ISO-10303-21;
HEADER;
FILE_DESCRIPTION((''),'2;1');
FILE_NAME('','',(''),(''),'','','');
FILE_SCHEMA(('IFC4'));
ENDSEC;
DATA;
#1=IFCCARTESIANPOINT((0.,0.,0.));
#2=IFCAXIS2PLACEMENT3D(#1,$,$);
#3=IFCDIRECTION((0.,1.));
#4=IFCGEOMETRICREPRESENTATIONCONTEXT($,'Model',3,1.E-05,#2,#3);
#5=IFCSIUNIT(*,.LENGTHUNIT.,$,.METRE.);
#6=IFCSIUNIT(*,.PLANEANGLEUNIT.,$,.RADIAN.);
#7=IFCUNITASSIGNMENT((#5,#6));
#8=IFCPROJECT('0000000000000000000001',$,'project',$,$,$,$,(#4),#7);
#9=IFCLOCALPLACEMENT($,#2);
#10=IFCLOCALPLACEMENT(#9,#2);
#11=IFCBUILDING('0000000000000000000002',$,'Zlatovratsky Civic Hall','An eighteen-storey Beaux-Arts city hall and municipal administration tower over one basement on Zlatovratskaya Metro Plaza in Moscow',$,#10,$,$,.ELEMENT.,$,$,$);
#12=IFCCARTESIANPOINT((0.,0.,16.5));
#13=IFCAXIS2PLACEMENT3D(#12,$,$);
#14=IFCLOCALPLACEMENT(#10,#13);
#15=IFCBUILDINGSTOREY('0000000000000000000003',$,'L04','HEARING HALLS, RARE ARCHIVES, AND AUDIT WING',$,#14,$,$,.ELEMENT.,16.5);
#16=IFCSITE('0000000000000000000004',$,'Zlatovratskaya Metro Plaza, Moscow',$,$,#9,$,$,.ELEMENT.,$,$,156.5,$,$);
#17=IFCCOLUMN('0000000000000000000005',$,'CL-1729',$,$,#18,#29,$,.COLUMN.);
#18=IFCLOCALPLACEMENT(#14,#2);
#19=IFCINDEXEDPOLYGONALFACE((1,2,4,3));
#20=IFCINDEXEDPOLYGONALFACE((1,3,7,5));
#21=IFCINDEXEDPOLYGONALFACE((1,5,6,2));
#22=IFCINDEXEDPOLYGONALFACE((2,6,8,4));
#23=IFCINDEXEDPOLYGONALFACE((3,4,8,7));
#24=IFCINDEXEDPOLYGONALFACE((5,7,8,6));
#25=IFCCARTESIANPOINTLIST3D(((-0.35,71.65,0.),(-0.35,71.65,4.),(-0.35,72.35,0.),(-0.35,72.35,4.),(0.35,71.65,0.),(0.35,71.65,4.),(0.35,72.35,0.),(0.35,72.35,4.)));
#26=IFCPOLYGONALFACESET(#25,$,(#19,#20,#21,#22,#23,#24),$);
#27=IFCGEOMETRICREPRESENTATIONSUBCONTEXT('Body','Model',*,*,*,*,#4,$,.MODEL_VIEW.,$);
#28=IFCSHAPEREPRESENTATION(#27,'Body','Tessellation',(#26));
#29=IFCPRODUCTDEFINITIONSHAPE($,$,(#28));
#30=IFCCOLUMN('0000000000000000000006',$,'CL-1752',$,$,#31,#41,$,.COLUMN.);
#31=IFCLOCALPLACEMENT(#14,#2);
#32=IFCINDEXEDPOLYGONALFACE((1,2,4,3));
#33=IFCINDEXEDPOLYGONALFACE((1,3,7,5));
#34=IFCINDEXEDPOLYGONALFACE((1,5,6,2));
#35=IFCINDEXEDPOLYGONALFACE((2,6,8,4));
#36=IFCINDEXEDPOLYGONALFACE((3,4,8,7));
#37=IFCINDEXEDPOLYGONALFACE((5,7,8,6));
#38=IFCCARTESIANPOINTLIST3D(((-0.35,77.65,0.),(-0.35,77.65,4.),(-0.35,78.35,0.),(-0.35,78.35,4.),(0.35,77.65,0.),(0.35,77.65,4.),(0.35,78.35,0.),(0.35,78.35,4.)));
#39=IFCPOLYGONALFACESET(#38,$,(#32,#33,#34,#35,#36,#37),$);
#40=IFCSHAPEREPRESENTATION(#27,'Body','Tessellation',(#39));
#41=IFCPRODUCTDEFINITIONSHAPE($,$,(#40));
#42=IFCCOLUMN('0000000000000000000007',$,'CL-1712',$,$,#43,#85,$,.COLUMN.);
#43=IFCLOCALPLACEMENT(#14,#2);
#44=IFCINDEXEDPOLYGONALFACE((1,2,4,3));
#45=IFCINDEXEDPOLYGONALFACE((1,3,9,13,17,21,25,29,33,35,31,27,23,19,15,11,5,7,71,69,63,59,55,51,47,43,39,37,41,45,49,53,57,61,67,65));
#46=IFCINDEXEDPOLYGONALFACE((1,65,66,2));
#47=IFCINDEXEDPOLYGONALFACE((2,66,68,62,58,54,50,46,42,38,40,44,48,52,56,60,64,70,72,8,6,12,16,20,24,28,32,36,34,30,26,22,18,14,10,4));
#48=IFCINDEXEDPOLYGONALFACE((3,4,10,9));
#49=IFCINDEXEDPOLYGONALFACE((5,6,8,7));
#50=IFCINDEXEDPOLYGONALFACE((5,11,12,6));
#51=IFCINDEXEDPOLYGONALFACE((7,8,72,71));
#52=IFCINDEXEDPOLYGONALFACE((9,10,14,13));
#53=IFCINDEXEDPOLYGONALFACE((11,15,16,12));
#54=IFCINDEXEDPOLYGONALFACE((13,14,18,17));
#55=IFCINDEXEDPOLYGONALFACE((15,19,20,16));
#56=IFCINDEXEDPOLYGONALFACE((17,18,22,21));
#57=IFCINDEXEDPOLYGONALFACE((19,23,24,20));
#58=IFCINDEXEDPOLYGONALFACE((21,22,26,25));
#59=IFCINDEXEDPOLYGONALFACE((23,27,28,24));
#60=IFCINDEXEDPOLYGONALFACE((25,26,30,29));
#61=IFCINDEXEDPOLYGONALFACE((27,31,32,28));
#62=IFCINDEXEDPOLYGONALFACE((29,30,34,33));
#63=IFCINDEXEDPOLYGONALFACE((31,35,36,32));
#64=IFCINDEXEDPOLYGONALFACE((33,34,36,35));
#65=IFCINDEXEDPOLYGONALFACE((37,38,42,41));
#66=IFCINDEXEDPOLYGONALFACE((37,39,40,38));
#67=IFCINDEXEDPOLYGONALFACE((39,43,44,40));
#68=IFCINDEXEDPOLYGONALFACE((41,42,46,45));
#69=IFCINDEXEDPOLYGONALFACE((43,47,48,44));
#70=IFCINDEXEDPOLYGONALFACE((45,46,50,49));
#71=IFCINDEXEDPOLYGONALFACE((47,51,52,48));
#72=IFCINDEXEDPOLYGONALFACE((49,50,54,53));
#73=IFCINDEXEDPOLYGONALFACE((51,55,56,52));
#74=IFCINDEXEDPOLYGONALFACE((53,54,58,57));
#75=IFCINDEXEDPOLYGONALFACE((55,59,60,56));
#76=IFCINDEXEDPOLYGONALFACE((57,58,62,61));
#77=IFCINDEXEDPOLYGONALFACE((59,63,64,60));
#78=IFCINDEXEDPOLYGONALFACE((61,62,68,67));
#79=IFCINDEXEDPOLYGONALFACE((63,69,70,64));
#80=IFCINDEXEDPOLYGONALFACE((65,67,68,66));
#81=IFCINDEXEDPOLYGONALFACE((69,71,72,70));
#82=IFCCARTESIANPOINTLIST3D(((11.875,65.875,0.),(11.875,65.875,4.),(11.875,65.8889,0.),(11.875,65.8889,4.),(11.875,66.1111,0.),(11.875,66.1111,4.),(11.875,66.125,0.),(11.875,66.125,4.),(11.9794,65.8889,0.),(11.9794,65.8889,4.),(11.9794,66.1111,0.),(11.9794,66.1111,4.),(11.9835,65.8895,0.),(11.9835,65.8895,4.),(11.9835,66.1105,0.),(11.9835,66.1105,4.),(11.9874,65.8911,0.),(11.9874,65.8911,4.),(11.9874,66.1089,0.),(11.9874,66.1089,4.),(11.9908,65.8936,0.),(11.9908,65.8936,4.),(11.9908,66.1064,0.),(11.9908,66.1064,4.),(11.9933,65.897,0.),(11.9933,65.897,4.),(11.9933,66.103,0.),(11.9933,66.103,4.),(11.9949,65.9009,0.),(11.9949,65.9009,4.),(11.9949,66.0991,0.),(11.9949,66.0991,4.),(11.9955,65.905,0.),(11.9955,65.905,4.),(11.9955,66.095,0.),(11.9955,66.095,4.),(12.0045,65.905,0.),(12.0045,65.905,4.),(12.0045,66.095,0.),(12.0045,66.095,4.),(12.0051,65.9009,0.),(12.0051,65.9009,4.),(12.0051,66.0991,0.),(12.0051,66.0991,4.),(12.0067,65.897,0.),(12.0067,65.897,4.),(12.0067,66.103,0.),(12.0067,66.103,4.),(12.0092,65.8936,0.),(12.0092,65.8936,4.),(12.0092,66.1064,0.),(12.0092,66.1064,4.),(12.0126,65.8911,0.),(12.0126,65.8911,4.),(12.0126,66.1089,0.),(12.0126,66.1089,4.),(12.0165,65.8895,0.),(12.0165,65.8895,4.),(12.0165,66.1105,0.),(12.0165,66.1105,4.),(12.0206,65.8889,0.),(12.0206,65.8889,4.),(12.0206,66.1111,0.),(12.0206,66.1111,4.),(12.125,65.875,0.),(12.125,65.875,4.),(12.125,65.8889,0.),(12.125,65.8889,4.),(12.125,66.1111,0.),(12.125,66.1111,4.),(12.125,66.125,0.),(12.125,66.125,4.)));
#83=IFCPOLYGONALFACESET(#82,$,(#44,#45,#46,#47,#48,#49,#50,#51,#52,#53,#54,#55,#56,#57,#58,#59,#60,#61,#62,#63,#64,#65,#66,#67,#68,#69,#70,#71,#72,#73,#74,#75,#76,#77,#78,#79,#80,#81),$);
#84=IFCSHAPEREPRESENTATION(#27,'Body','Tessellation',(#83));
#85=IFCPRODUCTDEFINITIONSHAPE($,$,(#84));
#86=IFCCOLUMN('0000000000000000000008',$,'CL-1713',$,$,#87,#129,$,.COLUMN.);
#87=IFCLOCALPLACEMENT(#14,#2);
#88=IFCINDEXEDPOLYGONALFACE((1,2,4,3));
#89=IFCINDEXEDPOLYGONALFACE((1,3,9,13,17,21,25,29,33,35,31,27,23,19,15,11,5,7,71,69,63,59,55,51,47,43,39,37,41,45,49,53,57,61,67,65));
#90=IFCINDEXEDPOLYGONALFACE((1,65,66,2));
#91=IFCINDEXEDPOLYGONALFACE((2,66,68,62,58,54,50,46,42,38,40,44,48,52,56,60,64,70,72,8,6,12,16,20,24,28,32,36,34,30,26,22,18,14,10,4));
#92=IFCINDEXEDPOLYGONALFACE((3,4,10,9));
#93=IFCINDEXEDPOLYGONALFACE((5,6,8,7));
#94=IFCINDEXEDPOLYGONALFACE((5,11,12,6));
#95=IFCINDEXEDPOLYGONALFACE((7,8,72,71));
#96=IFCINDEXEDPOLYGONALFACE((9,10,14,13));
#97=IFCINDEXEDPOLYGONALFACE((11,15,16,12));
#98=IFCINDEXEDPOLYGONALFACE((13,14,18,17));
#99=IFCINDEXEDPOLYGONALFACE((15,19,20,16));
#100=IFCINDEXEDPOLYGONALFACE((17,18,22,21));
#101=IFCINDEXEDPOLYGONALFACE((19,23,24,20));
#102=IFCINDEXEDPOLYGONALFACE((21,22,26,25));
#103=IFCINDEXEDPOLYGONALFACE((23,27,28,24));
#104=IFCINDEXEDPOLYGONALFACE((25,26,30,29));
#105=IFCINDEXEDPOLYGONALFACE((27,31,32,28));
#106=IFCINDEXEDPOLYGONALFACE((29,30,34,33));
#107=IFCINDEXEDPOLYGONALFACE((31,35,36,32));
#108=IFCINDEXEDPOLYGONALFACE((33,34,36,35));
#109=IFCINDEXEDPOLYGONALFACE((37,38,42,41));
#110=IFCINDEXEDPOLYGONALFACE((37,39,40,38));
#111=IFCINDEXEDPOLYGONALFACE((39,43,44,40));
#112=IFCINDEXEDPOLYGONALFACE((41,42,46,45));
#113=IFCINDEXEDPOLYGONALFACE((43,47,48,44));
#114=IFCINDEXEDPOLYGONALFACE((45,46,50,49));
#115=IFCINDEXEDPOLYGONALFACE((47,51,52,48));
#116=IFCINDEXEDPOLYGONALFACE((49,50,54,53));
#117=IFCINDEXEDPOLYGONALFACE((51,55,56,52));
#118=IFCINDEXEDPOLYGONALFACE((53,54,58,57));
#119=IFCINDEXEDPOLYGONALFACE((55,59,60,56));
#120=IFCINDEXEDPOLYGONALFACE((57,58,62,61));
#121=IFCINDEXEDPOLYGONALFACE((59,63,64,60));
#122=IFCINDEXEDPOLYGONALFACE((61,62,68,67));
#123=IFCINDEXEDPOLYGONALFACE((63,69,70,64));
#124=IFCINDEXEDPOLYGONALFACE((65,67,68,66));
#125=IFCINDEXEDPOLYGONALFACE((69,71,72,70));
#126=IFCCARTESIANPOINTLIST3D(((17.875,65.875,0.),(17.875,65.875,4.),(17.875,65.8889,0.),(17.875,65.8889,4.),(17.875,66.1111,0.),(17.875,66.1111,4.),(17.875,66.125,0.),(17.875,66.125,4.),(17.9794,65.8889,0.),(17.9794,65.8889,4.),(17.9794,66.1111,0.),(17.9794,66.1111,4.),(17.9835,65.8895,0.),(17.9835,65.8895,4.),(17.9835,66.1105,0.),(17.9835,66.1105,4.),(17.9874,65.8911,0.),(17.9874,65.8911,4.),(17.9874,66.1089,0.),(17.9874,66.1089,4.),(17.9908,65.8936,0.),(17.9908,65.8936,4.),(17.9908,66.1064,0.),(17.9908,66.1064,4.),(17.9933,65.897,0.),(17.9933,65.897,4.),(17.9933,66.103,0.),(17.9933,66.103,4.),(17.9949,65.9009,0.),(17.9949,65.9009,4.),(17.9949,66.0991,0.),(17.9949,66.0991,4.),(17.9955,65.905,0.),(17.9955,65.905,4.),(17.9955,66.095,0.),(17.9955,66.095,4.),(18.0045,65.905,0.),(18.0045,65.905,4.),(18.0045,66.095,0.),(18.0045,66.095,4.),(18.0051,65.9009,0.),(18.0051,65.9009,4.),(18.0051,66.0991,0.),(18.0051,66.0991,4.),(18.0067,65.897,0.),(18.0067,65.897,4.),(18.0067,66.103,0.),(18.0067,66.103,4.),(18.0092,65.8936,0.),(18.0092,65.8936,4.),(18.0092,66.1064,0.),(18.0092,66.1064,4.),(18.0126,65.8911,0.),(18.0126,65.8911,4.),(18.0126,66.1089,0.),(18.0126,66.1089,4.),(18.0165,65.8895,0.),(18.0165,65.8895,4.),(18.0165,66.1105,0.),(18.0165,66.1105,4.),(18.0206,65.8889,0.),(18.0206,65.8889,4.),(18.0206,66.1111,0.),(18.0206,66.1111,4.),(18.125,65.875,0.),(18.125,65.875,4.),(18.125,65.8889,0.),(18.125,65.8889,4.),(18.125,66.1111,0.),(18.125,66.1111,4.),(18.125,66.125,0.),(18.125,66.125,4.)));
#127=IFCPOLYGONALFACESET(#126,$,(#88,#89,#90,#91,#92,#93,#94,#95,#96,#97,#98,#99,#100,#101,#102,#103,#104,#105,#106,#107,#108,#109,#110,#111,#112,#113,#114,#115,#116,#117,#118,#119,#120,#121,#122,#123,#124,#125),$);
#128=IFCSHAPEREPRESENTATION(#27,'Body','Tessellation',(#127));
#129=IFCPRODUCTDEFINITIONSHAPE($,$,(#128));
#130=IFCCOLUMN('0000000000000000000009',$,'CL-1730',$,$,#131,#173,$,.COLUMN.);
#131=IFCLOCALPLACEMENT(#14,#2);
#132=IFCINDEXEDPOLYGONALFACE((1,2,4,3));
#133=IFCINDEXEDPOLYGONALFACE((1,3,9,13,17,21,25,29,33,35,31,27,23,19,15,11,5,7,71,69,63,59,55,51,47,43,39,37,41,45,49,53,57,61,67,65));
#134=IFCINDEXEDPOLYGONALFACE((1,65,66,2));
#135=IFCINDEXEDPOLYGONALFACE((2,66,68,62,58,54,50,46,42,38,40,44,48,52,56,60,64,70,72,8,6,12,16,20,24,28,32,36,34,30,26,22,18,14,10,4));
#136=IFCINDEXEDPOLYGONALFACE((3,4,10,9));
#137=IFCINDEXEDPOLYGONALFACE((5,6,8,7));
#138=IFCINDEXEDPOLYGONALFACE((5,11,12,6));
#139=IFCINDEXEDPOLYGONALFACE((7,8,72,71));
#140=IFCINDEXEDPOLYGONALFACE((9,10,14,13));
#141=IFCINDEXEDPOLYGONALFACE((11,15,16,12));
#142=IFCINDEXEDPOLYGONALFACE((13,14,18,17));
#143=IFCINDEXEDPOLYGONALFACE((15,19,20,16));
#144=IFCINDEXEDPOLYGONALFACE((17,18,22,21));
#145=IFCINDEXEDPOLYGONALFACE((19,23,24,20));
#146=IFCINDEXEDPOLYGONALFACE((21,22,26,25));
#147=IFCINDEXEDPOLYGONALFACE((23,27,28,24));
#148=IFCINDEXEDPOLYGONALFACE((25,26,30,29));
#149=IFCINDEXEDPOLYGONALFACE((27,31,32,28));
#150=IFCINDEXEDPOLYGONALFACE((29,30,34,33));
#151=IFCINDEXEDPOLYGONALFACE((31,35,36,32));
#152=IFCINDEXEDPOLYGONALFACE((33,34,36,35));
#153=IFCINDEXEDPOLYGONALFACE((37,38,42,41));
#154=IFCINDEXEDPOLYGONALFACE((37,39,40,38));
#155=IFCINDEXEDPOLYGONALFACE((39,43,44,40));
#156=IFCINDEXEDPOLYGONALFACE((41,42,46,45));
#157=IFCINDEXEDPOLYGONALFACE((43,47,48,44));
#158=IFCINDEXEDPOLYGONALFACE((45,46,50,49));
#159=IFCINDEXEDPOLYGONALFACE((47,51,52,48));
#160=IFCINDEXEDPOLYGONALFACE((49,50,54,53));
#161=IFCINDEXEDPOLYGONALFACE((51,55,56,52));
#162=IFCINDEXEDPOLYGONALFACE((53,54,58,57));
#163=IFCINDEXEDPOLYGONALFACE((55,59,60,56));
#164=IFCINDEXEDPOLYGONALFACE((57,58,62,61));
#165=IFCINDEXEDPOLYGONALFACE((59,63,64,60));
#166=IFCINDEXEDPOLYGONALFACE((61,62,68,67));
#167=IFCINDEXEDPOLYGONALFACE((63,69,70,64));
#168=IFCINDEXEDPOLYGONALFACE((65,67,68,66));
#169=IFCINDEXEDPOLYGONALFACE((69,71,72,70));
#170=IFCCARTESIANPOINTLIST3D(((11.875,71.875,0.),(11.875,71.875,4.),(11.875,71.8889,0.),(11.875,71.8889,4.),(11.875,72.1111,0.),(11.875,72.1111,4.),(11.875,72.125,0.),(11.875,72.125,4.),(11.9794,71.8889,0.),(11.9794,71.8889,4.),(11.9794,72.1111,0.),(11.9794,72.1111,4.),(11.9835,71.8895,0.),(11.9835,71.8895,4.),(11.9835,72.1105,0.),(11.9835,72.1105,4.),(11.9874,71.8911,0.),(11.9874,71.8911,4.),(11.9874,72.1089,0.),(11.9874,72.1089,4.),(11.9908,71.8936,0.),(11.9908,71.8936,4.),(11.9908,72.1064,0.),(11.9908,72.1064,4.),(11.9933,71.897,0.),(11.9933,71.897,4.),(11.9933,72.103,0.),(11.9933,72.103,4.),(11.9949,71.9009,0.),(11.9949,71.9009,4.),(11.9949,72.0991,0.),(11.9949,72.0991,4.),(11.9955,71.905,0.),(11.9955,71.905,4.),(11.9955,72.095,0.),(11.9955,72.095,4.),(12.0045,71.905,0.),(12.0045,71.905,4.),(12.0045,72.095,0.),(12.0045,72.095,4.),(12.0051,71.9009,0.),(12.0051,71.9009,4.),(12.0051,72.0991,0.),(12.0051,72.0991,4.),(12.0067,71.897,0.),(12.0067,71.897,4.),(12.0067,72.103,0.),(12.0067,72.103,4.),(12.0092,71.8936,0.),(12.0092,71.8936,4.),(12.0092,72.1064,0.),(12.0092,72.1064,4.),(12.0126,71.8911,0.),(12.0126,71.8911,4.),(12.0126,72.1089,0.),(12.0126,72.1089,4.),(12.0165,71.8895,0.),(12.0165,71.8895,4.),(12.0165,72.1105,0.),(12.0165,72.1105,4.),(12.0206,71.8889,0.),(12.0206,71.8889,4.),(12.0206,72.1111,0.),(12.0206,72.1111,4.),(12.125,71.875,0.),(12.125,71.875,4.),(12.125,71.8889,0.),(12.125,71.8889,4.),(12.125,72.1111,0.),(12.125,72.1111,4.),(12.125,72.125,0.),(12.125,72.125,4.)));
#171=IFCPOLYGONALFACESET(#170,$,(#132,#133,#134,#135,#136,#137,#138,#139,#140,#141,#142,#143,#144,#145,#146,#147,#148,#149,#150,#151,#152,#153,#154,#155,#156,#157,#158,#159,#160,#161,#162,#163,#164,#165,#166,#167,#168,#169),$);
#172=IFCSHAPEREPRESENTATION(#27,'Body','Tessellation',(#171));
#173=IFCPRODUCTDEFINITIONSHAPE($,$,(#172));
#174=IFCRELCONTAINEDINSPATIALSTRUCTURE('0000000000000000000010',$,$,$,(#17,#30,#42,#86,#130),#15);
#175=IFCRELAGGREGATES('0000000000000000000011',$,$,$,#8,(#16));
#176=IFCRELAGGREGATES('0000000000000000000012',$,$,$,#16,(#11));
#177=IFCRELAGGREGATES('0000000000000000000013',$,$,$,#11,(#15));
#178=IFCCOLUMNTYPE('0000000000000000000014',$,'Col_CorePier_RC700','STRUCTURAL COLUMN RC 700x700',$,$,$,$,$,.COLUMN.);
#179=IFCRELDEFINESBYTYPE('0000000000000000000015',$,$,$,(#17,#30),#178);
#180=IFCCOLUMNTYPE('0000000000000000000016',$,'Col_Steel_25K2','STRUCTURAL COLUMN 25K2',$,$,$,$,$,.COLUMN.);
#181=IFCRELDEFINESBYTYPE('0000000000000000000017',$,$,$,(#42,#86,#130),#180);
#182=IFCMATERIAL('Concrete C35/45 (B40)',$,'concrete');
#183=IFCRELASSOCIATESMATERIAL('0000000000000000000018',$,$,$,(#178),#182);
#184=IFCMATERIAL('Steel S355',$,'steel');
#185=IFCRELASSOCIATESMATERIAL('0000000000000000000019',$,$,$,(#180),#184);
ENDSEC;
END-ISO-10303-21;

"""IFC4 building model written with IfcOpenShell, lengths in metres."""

from ifc_helpers import new_model, si_unit, direction, frame, origin, origin_2d, place, context, subcontext, project, spatial, rectangle, i_section, extrude, material, material_profile, profile_set, type_object, element, save


model = new_model("IFC4")

# Units and contexts
model_context = context("Model", 3, precision=1e-05, world=origin(), true_north=direction((0.0, 1.0)))
body_context = subcontext(model_context, "Body", "Model", "MODEL_VIEW")
ifc_project = project(units=[si_unit("LENGTHUNIT", "METRE"), si_unit("PLANEANGLEUNIT", "RADIAN")], contexts=[model_context])

# Site, building, storey
site_placement = place(None, origin())
site = spatial("IfcSite", under=ifc_project, at=site_placement, Name="Zlatovratskaya Metro Plaza, Moscow", CompositionType="ELEMENT", RefElevation=156.5)
building_placement = place(site_placement, origin())
building = spatial("IfcBuilding", under=site, at=building_placement, Name="Zlatovratsky Civic Hall", Description="An eighteen-storey Beaux-Arts city hall and municipal administration tower over one basement on Zlatovratskaya Metro Plaza in Moscow", CompositionType="ELEMENT")
storey_placement = place(building_placement, frame((0.0, 0.0, 16.5)))
storey = spatial("IfcBuildingStorey", under=building, at=storey_placement, Name="L04", Description="HEARING HALLS, RARE ARCHIVES, AND AUDIT WING", CompositionType="ELEMENT", Elevation=16.5)

# Columns
ifc_material_1 = material(Name="Concrete C35/45 (B40)", Category="concrete")
ifc_material_profile_1 = material_profile(ifc_material_1, rectangle(XDim=0.7, YDim=0.7, at=origin_2d()), Name="RC 700x700")
ifc_profile_set_1 = profile_set([ifc_material_profile_1], Name="Concrete C35/45 (B40)")
column_type_1 = type_object("IfcColumnType", Name="Col_CorePier_RC700", Description="STRUCTURAL COLUMN RC 700x700", PredefinedType="COLUMN", material=ifc_profile_set_1)
for number, where, z_axis, x_axis, name in (
    (1, (0.0, 72.0, 0.0), (0.0, 0.0, 1.0), (1.0, 0.0, 0.0), "CL-1729"),
    (2, (0.0, 78.0, 0.0), (0.0, 0.0, 1.0), (1.0, 0.0, 0.0), "CL-1752"),
):
    element("IfcColumn", number, at=place(storey_placement, frame(where, z_axis=z_axis, x_axis=x_axis)), inside=storey, type_object=column_type_1, Name=name, PredefinedType="COLUMN", context=body_context, shape_type="SweptSolid", body=[
        extrude(rectangle(XDim=0.7, YDim=0.7, at=origin_2d()), origin(), (0.0, 0.0, 1.0), 4.0),
    ])
ifc_material_2 = material(Name="Steel S355", Category="steel")
ifc_material_profile_2 = material_profile(ifc_material_2, i_section(OverallWidth=0.25, OverallDepth=0.25, WebThickness=0.009, FlangeThickness=0.0139, FilletRadius=0.0161, at=origin_2d()), Name="25K2")
ifc_profile_set_2 = profile_set([ifc_material_profile_2], Name="Steel S355")
column_type_2 = type_object("IfcColumnType", Name="Col_Steel_25K2", Description="STRUCTURAL COLUMN 25K2", PredefinedType="COLUMN", material=ifc_profile_set_2)
for number, where, z_axis, x_axis, name in (
    (3, (12.0, 66.0, 0.0), (0.0, 0.0, 1.0), (1.0, 0.0, 0.0), "CL-1712"),
    (4, (18.0, 66.0, 0.0), (0.0, 0.0, 1.0), (1.0, 0.0, 0.0), "CL-1713"),
    (5, (12.0, 72.0, 0.0), (0.0, 0.0, 1.0), (1.0, 0.0, 0.0), "CL-1730"),
):
    element("IfcColumn", number, at=place(storey_placement, frame(where, z_axis=z_axis, x_axis=x_axis)), inside=storey, type_object=column_type_2, Name=name, PredefinedType="COLUMN", context=body_context, shape_type="SweptSolid", body=[
        extrude(i_section(OverallWidth=0.25, OverallDepth=0.25, WebThickness=0.009, FlangeThickness=0.0139, FilletRadius=0.0161, at=origin_2d()), origin(), (0.0, 0.0, 1.0), 4.0),
    ])

save(model, "model.ifc")
